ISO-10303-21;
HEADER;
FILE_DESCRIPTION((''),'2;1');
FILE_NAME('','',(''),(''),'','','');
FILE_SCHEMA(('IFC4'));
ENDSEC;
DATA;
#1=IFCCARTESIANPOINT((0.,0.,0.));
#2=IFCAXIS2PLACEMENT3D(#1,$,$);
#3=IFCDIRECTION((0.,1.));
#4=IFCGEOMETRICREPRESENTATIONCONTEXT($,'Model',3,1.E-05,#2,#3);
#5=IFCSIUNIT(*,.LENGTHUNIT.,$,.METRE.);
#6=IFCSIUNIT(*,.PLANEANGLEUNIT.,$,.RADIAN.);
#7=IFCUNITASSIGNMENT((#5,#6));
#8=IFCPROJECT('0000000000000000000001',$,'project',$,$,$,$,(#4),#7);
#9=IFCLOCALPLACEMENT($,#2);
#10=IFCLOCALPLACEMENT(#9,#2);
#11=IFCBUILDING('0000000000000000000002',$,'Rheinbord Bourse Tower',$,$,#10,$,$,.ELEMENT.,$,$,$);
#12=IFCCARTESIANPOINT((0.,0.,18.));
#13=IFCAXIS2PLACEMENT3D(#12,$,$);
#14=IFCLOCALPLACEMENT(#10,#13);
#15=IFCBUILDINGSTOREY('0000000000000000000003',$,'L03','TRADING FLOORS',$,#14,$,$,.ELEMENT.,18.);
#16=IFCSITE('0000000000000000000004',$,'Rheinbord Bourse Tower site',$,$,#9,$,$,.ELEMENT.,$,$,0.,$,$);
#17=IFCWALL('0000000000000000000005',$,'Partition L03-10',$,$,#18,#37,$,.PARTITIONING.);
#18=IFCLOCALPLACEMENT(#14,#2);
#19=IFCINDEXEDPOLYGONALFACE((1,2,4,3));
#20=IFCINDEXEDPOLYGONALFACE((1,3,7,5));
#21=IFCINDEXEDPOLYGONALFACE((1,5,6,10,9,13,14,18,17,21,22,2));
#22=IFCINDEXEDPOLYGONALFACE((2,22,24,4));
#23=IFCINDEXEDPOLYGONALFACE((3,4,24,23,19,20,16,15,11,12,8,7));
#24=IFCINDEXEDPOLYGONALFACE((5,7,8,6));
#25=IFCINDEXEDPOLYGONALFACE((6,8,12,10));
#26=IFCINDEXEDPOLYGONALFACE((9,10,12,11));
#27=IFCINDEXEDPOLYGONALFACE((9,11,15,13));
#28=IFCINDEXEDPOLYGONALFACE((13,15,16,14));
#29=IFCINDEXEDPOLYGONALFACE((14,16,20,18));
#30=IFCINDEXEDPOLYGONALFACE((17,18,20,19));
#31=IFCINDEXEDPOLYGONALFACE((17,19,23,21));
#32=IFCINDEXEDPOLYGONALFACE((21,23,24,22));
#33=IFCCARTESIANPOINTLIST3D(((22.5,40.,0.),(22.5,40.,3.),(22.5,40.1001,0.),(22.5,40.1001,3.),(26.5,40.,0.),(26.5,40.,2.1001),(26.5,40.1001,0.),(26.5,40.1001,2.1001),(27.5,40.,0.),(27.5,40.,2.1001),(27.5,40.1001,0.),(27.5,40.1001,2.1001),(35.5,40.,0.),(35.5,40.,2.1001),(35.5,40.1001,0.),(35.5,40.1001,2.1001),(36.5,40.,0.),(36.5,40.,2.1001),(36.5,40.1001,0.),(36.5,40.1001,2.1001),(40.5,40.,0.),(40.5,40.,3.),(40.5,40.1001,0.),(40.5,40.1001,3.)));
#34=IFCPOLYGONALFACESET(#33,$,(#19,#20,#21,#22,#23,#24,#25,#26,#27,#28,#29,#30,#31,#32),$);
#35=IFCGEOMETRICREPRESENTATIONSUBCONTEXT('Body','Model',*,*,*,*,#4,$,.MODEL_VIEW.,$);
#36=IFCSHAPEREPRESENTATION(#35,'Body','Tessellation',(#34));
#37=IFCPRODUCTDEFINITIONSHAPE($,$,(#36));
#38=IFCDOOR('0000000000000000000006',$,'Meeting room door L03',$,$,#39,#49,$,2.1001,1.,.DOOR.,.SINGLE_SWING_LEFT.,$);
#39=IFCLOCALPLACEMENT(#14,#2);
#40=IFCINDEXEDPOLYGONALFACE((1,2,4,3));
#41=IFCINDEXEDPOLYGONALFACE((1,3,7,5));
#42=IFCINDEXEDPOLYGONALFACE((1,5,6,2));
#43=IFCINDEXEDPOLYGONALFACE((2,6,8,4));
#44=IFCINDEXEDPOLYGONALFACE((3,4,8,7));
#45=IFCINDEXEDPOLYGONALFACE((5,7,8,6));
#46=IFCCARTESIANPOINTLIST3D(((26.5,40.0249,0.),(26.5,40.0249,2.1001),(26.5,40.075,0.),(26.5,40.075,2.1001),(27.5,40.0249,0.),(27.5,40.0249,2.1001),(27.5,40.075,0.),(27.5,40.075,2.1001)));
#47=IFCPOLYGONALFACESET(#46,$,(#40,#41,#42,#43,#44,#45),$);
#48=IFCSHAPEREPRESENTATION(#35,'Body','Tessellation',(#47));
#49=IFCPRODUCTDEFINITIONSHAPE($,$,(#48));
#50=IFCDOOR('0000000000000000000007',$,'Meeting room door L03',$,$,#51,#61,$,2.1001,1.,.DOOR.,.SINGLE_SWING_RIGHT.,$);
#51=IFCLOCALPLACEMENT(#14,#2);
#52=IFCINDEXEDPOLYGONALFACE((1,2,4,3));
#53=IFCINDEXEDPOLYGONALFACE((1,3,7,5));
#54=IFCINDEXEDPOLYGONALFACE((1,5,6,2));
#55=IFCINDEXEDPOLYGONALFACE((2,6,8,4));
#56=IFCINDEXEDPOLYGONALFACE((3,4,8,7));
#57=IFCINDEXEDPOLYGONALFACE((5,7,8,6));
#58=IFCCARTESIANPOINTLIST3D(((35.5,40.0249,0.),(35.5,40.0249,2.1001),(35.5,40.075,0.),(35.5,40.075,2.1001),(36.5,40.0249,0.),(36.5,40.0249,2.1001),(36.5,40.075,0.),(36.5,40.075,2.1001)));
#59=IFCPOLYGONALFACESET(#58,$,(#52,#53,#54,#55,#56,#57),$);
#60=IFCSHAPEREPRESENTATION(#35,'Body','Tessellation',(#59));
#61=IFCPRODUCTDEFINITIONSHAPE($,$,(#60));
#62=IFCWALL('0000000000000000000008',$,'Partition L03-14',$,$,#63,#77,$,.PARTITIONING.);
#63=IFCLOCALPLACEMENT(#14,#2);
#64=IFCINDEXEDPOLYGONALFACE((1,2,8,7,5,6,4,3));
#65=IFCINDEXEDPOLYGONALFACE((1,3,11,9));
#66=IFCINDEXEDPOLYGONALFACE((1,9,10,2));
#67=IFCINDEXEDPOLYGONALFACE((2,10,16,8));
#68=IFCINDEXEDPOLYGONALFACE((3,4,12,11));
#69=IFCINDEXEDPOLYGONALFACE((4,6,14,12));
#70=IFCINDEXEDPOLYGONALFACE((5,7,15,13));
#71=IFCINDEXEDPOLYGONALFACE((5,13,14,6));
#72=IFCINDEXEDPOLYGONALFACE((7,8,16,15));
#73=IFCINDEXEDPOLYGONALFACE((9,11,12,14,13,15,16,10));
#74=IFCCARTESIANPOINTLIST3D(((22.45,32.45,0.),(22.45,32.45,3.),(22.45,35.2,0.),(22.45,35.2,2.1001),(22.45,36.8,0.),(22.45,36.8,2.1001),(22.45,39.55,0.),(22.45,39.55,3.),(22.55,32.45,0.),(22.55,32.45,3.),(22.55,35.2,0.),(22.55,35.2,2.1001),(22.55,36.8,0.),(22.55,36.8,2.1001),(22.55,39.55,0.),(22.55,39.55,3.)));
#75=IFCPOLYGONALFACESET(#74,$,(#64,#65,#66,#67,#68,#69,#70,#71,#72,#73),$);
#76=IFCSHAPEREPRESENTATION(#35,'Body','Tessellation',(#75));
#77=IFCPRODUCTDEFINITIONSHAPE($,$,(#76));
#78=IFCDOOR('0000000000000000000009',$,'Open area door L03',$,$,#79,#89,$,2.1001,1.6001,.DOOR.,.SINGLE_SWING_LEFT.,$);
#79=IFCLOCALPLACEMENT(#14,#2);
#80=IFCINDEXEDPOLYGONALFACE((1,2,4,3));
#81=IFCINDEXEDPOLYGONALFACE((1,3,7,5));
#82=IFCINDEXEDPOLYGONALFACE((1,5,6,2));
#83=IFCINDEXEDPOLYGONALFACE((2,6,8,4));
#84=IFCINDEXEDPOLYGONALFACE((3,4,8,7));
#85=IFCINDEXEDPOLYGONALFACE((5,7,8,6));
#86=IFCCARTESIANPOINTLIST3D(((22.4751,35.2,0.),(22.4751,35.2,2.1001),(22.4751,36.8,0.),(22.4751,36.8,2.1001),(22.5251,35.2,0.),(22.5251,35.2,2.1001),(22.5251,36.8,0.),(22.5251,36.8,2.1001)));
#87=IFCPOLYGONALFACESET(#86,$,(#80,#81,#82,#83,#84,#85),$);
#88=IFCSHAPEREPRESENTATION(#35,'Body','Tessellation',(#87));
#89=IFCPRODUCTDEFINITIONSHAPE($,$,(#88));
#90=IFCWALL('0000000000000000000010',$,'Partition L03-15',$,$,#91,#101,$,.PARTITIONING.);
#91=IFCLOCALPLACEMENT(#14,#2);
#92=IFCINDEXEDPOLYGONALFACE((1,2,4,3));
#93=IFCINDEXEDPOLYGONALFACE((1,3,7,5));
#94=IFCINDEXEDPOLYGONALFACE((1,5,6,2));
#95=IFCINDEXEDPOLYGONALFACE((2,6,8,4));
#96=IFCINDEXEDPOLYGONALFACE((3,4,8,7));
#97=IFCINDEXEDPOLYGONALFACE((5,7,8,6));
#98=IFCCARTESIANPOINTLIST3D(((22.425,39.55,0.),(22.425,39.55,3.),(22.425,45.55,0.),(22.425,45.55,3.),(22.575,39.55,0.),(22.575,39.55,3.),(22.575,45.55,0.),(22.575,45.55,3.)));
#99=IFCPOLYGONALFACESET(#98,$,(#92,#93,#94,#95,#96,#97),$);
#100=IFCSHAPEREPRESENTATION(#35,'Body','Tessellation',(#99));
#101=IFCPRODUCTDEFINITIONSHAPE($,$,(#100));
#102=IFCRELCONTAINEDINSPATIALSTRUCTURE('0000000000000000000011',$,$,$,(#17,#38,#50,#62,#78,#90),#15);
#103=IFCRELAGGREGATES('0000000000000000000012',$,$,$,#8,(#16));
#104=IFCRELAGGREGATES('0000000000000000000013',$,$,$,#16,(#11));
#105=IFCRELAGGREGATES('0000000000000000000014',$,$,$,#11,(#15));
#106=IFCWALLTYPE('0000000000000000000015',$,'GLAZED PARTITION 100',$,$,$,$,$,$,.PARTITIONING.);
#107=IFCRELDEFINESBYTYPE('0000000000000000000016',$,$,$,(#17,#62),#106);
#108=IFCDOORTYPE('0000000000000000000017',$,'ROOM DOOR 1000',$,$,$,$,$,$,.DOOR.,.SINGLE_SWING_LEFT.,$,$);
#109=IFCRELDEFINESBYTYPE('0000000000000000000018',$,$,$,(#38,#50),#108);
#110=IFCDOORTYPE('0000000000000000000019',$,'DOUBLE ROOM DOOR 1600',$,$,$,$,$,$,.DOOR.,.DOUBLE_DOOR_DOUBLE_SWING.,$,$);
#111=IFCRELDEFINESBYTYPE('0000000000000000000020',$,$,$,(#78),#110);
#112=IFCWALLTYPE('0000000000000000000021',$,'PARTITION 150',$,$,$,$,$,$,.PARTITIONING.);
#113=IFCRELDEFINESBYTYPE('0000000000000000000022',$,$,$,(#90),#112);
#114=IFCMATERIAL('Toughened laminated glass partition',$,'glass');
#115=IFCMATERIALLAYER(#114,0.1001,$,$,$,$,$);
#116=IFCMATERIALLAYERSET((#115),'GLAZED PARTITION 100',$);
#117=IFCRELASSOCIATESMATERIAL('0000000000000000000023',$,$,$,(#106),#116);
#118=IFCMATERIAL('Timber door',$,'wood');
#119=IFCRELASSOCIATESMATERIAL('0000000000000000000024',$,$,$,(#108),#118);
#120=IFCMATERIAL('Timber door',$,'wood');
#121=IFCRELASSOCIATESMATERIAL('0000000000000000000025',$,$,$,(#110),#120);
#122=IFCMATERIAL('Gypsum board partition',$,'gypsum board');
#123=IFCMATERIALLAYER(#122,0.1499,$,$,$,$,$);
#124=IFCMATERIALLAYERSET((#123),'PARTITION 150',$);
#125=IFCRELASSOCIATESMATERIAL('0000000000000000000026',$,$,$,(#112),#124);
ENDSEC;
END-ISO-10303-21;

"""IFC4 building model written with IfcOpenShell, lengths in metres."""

from ifc_helpers import new_model, si_unit, direction, frame, frame_2d, origin, place, context, subcontext, project, spatial, rectangle, extrude, material, layer, layer_set, type_object, element, fill, save


model = new_model("IFC4")

# Units and contexts
model_context = context("Model", 3, precision=1e-05, world=origin(), true_north=direction((0.0, 1.0)))
body_context = subcontext(model_context, "Body", "Model", "MODEL_VIEW")
ifc_project = project(units=[si_unit("LENGTHUNIT", "METRE"), si_unit("PLANEANGLEUNIT", "RADIAN")], contexts=[model_context])

# Site, building, storey
site_placement = place(None, origin())
site = spatial("IfcSite", under=ifc_project, at=site_placement, Name="Rheinbord Bourse Tower site", CompositionType="ELEMENT", RefElevation=0.0)
building_placement = place(site_placement, origin())
building = spatial("IfcBuilding", under=site, at=building_placement, Name="Rheinbord Bourse Tower", CompositionType="ELEMENT")
storey_placement = place(building_placement, frame((0.0, 0.0, 18.0)))
storey = spatial("IfcBuildingStorey", under=building, at=storey_placement, Name="L03", Description="TRADING FLOORS", CompositionType="ELEMENT", Elevation=18.0)

# Wall, openings, doors
ifc_material_1 = material(Name="Toughened laminated glass partition", Category="glass")
ifc_layer_1 = layer(ifc_material_1, 0.1001)
ifc_layer_set_1 = layer_set([ifc_layer_1], Name="GLAZED PARTITION 100")
wall_type_1 = type_object("IfcWallType", Name="GLAZED PARTITION 100", PredefinedType="PARTITIONING", material=ifc_layer_set_1)
wall_1_placement = place(storey_placement, frame((22.5, 40.05, 0.0), z_axis=(0.0, 0.0, 1.0), x_axis=(1.0, 0.0, 0.0)))
wall_1 = element("IfcWall", 1, at=wall_1_placement, inside=storey, type_object=wall_type_1, Name="Partition L03-10", PredefinedType="PARTITIONING", context=body_context, shape_type="SweptSolid", body=[
    extrude(rectangle(XDim=18.0, YDim=0.1001, at=frame_2d((9.0, 0.0))), origin(), (0.0, 0.0, 1.0), 3.0),
])
opening_1_placement = place(wall_1_placement, frame((4.0, 0.0, 0.0)))
opening_1 = element("IfcOpeningElement", 2, at=opening_1_placement, cuts=wall_1, PredefinedType="OPENING", context=body_context, shape_type="SweptSolid", body=[
    extrude(rectangle(XDim=1.0, YDim=2.1001, at=frame_2d((0.5, 1.05))), frame((0.0, 0.0601, 0.0), z_axis=(0.0, -1.0, 0.0), x_axis=(1.0, 0.0, 0.0)), (0.0, 0.0, 1.0), 0.1201),
])
opening_2_placement = place(wall_1_placement, frame((13.0, 0.0, 0.0)))
opening_2 = element("IfcOpeningElement", 3, at=opening_2_placement, cuts=wall_1, PredefinedType="OPENING", context=body_context, shape_type="SweptSolid", body=[
    extrude(rectangle(XDim=1.0, YDim=2.1001, at=frame_2d((0.5, 1.05))), frame((0.0, 0.0601, 0.0), z_axis=(0.0, -1.0, 0.0), x_axis=(1.0, 0.0, 0.0)), (0.0, 0.0, 1.0), 0.1201),
])
ifc_material_2 = material(Name="Timber door", Category="wood")
door_type_1 = type_object("IfcDoorType", Name="ROOM DOOR 1000", OperationType="SINGLE_SWING_LEFT", PredefinedType="DOOR", material=ifc_material_2)
door_1_placement = place(opening_1_placement, origin())
door_1 = element("IfcDoor", 4, at=door_1_placement, inside=storey, type_object=door_type_1, Name="Meeting room door L03", OperationType="SINGLE_SWING_LEFT", OverallHeight=2.1001, OverallWidth=1.0, PredefinedType="DOOR", context=body_context, shape_type="SweptSolid", body=[
    extrude(rectangle(XDim=1.0, YDim=2.1001, at=frame_2d((0.5, 1.05))), frame((0.0, 0.0249, 0.0), z_axis=(0.0, -1.0, 0.0), x_axis=(1.0, 0.0, 0.0)), (0.0, 0.0, 1.0), 0.05),
])
fill(opening_1, door_1)
door_2_placement = place(opening_2_placement, origin())
door_2 = element("IfcDoor", 5, at=door_2_placement, inside=storey, type_object=door_type_1, Name="Meeting room door L03", OperationType="SINGLE_SWING_RIGHT", OverallHeight=2.1001, OverallWidth=1.0, PredefinedType="DOOR", context=body_context, shape_type="SweptSolid", body=[
    extrude(rectangle(XDim=1.0, YDim=2.1001, at=frame_2d((0.5, 1.05))), frame((0.0, 0.0249, 0.0), z_axis=(0.0, -1.0, 0.0), x_axis=(1.0, 0.0, 0.0)), (0.0, 0.0, 1.0), 0.05),
])
fill(opening_2, door_2)

# Wall, opening, door
wall_2_placement = place(storey_placement, frame((22.5, 32.45, 0.0), z_axis=(0.0, 0.0, 1.0), x_axis=(0.0, 1.0, 0.0)))
wall_2 = element("IfcWall", 6, at=wall_2_placement, inside=storey, type_object=wall_type_1, Name="Partition L03-14", PredefinedType="PARTITIONING", context=body_context, shape_type="SweptSolid", body=[
    extrude(rectangle(XDim=7.1001, YDim=0.1001, at=frame_2d((3.55, 0.0))), origin(), (0.0, 0.0, 1.0), 3.0),
])
opening_3_placement = place(wall_2_placement, frame((2.75, 0.0, 0.0)))
opening_3 = element("IfcOpeningElement", 7, at=opening_3_placement, cuts=wall_2, PredefinedType="OPENING", context=body_context, shape_type="SweptSolid", body=[
    extrude(rectangle(XDim=1.6001, YDim=2.1001, at=frame_2d((0.8, 1.05))), frame((0.0, 0.0601, 0.0), z_axis=(0.0, -1.0, 0.0), x_axis=(1.0, 0.0, 0.0)), (0.0, 0.0, 1.0), 0.1201),
])
ifc_material_3 = material(Name="Timber door", Category="wood")
door_type_2 = type_object("IfcDoorType", Name="DOUBLE ROOM DOOR 1600", OperationType="DOUBLE_DOOR_DOUBLE_SWING", PredefinedType="DOOR", material=ifc_material_3)
door_3_placement = place(opening_3_placement, origin())
door_3 = element("IfcDoor", 8, at=door_3_placement, inside=storey, type_object=door_type_2, Name="Open area door L03", OperationType="SINGLE_SWING_LEFT", OverallHeight=2.1001, OverallWidth=1.6001, PredefinedType="DOOR", context=body_context, shape_type="SweptSolid", body=[
    extrude(rectangle(XDim=1.6001, YDim=2.1001, at=frame_2d((0.8, 1.05))), frame((0.0, 0.0249, 0.0), z_axis=(0.0, -1.0, 0.0), x_axis=(1.0, 0.0, 0.0)), (0.0, 0.0, 1.0), 0.05),
])
fill(opening_3, door_3)

# Wall
ifc_material_4 = material(Name="Gypsum board partition", Category="gypsum board")
ifc_layer_2 = layer(ifc_material_4, 0.1499)
ifc_layer_set_2 = layer_set([ifc_layer_2], Name="PARTITION 150")
wall_type_2 = type_object("IfcWallType", Name="PARTITION 150", PredefinedType="PARTITIONING", material=ifc_layer_set_2)
wall_3_placement = place(storey_placement, frame((22.5, 39.55, 0.0), z_axis=(0.0, 0.0, 1.0), x_axis=(0.0, 1.0, 0.0)))
element("IfcWall", 9, at=wall_3_placement, inside=storey, type_object=wall_type_2, Name="Partition L03-15", PredefinedType="PARTITIONING", context=body_context, shape_type="SweptSolid", body=[
    extrude(rectangle(XDim=6.0, YDim=0.1499, at=frame_2d((3.0, 0.0))), origin(), (0.0, 0.0, 1.0), 3.0),
])

save(model, "model.ifc")
